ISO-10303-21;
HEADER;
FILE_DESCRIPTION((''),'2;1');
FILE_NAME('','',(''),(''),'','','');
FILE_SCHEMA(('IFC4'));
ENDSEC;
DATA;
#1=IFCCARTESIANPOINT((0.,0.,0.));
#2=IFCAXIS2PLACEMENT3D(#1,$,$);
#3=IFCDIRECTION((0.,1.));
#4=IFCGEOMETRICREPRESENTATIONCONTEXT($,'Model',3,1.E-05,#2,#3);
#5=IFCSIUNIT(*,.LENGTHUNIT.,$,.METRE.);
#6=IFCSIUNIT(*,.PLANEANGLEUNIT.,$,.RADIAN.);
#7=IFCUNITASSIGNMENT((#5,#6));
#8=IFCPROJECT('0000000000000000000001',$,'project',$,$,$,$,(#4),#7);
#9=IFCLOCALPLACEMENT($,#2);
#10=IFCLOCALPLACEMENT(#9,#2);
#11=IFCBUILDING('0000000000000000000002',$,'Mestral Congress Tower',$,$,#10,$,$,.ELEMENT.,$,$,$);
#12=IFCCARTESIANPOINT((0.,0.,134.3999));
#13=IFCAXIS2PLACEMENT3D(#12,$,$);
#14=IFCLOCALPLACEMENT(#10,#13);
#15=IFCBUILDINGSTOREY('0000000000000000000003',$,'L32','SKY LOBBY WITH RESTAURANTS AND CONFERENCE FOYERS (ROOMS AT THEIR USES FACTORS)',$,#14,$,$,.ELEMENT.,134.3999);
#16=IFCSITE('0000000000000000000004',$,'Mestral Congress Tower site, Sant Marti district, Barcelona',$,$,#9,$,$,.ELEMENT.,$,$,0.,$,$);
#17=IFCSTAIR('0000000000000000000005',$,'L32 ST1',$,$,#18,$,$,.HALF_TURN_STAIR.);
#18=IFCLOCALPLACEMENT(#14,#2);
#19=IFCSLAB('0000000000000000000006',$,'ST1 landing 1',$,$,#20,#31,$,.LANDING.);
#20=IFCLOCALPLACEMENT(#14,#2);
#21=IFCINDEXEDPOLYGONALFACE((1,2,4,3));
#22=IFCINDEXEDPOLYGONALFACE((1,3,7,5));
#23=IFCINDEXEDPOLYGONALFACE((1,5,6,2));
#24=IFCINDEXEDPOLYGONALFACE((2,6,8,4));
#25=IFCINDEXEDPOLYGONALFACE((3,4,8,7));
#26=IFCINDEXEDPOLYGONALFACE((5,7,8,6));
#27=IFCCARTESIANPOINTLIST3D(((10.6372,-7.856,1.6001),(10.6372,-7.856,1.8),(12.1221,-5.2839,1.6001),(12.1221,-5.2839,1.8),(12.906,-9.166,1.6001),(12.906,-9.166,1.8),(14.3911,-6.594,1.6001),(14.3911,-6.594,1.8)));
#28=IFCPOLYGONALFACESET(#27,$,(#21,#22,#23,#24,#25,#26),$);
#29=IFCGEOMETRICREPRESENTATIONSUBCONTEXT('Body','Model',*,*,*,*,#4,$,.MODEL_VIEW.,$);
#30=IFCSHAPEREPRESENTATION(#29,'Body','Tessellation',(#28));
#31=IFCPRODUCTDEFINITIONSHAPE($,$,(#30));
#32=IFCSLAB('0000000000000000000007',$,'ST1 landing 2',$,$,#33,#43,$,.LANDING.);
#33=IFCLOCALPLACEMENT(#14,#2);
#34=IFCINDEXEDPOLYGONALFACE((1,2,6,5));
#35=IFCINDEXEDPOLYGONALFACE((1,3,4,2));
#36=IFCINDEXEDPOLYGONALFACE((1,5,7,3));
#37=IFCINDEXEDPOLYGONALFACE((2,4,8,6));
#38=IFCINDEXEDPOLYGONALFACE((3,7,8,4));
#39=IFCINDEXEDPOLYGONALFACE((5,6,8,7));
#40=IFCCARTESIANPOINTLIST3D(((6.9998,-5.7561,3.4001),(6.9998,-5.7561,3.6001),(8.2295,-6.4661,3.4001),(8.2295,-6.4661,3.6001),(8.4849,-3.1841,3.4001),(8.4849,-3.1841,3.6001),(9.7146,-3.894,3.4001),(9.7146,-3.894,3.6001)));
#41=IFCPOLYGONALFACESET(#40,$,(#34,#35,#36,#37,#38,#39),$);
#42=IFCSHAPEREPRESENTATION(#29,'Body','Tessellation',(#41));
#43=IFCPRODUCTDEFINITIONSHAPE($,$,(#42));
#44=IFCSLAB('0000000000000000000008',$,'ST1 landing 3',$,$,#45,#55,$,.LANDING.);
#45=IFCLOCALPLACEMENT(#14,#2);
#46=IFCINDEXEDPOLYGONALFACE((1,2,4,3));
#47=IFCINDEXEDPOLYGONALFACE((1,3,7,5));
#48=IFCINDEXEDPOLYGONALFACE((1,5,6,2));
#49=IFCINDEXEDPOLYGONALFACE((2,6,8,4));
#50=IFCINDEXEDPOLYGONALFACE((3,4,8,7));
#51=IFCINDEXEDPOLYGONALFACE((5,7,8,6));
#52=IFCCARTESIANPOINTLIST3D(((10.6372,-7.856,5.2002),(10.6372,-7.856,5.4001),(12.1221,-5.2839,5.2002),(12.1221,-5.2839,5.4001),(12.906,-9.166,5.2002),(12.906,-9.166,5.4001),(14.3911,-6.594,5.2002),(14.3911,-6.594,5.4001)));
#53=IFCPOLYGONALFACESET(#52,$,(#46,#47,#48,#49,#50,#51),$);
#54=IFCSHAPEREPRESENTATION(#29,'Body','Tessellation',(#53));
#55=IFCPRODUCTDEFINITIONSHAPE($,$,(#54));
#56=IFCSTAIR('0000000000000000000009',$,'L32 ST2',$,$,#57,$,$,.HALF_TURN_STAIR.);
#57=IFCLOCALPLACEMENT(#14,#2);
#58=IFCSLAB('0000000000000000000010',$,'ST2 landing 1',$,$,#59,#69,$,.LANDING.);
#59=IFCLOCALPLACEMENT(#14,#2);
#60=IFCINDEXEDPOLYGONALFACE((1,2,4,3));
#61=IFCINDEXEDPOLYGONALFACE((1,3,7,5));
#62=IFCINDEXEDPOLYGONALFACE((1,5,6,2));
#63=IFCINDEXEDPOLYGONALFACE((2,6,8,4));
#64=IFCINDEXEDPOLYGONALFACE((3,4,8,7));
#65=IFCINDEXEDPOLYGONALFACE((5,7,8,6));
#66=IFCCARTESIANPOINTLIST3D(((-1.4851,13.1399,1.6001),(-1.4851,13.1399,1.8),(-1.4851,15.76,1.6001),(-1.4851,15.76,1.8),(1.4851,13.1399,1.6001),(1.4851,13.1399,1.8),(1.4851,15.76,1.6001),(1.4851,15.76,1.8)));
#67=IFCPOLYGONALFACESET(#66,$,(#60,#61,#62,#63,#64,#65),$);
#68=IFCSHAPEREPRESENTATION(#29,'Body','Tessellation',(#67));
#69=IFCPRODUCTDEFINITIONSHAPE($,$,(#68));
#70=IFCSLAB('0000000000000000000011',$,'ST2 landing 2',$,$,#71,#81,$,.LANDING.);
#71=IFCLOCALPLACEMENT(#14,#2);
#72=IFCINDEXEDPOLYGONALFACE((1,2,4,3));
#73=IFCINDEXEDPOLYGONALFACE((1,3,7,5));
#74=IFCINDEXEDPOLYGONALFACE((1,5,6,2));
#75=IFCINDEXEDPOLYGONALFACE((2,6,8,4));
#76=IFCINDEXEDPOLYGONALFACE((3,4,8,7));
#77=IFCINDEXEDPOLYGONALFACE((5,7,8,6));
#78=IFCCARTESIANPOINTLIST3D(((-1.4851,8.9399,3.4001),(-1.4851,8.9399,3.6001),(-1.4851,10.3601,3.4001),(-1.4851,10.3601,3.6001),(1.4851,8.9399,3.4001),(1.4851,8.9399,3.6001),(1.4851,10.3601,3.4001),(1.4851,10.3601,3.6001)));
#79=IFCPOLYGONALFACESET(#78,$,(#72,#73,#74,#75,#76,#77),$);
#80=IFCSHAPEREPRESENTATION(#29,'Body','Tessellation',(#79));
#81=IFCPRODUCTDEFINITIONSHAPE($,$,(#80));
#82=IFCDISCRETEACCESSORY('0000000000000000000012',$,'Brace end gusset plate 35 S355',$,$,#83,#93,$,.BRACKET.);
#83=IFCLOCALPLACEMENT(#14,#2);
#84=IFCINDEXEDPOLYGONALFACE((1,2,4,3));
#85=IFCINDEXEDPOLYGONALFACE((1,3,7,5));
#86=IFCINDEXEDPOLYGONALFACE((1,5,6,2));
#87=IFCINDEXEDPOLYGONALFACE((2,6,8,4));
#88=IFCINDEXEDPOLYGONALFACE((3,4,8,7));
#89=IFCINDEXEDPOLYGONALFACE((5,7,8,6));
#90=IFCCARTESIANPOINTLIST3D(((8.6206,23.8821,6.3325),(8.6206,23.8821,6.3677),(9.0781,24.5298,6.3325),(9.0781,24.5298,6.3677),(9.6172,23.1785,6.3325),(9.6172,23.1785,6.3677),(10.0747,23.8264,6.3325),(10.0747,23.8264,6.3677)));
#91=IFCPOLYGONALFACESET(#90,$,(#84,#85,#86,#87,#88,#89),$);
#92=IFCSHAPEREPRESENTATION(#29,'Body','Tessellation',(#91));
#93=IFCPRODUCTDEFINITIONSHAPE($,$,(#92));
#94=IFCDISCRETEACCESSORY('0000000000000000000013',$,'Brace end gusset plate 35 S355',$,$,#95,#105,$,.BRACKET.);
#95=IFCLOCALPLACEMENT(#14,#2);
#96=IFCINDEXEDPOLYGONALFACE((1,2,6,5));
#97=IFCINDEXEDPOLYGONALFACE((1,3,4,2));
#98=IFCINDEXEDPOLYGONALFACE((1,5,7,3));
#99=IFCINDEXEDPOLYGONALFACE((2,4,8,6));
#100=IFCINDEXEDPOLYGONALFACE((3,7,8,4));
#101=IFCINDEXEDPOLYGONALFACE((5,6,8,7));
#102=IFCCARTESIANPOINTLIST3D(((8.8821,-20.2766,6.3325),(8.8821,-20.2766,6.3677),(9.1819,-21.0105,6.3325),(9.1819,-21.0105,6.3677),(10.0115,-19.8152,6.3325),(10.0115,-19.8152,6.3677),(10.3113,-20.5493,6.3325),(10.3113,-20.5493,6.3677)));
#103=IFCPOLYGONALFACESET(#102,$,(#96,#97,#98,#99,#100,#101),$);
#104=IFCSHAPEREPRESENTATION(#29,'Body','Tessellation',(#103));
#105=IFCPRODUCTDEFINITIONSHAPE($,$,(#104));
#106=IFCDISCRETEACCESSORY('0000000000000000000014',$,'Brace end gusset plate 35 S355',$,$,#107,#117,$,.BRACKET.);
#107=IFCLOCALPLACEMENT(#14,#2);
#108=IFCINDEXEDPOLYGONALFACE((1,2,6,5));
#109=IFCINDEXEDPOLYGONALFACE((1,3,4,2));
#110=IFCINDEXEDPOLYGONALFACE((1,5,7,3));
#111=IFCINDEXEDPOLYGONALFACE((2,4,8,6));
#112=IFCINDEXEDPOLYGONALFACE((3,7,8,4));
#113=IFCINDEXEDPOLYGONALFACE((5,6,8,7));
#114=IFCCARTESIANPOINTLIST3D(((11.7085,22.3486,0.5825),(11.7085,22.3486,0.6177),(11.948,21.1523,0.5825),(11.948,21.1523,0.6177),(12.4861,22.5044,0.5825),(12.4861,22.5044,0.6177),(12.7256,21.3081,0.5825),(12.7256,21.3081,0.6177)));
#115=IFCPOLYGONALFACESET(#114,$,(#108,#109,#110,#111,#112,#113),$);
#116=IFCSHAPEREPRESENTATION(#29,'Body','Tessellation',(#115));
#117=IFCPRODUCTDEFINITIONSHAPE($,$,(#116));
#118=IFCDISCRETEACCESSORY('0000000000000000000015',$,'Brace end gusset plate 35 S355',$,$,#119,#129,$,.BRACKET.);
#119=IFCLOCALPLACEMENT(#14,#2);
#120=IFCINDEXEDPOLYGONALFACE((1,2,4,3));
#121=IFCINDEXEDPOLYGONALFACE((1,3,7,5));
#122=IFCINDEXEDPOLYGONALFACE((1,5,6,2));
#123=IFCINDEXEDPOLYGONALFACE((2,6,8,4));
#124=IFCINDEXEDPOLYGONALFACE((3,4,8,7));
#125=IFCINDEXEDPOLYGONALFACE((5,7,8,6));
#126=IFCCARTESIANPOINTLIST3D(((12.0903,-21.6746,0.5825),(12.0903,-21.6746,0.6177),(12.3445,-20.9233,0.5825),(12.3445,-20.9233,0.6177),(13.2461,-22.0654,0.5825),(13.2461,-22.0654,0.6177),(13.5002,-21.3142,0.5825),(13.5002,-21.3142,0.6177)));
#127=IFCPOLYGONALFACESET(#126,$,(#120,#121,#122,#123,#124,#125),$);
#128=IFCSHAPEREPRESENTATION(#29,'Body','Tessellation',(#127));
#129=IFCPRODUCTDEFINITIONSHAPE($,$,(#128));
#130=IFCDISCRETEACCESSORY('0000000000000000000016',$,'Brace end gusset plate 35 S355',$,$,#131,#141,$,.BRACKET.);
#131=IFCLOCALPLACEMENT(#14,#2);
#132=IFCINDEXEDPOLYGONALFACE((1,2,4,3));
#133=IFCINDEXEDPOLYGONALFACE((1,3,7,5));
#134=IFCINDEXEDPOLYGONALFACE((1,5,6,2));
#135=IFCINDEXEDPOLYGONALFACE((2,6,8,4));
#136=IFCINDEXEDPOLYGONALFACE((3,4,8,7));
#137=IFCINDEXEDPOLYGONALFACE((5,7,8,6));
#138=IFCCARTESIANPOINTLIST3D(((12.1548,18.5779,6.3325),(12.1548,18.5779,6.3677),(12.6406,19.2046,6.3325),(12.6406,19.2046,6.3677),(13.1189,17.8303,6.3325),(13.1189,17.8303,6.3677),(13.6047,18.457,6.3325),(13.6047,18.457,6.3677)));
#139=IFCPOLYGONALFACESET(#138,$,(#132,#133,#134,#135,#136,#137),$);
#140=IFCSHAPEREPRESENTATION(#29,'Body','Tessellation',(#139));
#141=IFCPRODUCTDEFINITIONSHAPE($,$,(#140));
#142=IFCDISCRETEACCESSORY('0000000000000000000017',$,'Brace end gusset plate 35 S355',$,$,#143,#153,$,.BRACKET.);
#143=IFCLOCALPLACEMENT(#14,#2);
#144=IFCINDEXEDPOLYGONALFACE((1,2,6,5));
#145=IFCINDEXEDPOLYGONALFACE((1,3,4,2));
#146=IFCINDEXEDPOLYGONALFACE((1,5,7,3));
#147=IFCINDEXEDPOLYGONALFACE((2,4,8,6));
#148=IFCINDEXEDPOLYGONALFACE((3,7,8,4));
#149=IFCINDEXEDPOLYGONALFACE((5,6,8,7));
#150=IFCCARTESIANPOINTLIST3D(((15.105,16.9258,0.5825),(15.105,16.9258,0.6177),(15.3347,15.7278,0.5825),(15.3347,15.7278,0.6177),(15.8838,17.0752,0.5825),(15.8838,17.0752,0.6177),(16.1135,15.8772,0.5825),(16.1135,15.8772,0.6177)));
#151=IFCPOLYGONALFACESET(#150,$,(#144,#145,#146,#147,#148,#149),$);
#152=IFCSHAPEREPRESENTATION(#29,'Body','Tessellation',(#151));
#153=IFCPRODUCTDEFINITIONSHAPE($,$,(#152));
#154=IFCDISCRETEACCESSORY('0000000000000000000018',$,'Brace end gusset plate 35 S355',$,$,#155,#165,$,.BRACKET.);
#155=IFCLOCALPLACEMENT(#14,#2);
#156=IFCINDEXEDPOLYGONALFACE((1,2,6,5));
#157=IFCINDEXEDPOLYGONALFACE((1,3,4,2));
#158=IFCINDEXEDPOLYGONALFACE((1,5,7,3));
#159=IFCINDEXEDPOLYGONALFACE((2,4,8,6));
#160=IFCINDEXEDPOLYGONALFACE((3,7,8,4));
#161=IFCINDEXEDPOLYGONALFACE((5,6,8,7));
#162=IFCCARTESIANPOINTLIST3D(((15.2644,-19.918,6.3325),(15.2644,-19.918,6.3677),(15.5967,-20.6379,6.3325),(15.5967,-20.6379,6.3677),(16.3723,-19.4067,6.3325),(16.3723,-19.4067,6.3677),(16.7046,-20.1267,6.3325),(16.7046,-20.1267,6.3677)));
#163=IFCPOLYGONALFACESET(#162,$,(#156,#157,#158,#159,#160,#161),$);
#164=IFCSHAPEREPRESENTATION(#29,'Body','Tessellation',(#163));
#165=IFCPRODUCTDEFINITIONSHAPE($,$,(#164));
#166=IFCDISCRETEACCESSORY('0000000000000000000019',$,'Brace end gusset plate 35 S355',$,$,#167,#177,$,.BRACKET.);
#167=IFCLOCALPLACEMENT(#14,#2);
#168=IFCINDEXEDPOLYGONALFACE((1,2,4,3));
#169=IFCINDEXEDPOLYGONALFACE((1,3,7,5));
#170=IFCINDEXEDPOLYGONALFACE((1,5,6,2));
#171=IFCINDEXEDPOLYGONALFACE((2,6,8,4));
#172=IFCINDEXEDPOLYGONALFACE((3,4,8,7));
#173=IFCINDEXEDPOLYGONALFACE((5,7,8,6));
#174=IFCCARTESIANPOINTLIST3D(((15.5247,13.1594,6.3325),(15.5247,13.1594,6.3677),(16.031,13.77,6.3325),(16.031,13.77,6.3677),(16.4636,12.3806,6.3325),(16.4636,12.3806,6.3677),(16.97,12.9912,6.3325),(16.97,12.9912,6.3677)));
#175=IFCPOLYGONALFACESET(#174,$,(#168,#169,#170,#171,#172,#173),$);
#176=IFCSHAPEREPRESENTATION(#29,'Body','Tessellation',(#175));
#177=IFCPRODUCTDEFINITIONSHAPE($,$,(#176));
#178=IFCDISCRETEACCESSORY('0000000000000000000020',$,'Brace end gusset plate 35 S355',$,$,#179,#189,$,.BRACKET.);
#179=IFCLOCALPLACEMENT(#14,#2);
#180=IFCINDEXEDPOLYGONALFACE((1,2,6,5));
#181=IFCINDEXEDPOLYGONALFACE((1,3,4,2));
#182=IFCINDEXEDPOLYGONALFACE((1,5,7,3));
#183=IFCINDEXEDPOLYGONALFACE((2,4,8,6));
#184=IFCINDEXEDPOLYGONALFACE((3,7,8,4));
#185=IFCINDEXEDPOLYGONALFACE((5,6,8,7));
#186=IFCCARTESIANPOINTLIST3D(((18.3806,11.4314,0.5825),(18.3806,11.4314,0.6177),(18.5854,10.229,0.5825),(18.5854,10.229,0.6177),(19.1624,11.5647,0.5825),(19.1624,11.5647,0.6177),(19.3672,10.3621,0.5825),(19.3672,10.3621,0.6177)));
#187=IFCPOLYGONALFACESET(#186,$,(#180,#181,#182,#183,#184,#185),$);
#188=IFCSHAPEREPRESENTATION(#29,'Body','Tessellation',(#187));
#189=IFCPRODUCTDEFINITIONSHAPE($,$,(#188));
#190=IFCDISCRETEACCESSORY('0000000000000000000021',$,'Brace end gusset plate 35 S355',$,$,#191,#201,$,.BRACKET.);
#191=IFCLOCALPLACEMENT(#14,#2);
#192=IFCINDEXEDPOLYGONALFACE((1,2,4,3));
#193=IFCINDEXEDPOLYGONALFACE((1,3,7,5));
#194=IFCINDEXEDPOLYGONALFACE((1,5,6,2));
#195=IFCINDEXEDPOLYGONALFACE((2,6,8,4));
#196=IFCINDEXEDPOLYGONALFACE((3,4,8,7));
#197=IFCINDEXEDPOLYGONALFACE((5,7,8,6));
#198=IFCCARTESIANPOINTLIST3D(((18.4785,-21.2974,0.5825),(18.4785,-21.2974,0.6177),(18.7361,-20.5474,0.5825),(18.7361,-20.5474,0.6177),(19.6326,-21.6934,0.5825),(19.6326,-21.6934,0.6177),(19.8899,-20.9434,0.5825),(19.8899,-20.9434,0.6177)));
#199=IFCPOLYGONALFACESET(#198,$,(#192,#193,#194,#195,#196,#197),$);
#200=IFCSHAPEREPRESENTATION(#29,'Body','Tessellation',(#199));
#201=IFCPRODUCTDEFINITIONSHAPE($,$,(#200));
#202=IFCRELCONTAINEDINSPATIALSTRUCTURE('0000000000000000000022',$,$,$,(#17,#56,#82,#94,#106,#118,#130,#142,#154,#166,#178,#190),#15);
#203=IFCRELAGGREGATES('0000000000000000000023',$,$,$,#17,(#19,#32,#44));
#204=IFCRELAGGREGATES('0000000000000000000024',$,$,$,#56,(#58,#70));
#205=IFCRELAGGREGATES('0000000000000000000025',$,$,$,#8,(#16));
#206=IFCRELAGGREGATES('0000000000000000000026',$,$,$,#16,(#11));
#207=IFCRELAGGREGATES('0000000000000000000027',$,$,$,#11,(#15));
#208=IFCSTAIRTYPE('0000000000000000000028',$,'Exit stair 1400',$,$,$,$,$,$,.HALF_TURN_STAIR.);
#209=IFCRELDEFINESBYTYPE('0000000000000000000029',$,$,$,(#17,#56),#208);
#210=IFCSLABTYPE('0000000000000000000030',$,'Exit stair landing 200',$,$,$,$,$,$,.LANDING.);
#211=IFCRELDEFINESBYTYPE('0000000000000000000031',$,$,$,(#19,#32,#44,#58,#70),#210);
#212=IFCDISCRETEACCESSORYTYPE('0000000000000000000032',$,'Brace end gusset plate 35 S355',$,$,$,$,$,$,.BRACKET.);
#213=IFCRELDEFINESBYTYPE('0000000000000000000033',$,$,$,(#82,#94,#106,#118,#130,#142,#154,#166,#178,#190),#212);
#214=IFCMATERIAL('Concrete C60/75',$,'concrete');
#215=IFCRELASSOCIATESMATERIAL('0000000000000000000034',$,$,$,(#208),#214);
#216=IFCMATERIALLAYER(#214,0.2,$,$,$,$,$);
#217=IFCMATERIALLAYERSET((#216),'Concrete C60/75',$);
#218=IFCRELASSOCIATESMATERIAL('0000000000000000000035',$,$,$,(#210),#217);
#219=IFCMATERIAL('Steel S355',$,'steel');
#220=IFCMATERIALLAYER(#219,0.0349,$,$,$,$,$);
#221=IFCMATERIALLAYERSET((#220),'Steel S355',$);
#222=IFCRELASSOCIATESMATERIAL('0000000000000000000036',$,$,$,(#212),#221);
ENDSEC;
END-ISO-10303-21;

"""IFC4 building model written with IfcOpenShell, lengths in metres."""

from ifc_helpers import new_model, si_unit, direction, frame, origin, place, context, subcontext, project, spatial, polyline, outline, extrude, material, layer, layer_set, type_object, element, aggregate, save


model = new_model("IFC4")

# Units and contexts
model_context = context("Model", 3, precision=1e-05, world=origin(), true_north=direction((0.0, 1.0)))
body_context = subcontext(model_context, "Body", "Model", "MODEL_VIEW")
ifc_project = project(units=[si_unit("LENGTHUNIT", "METRE"), si_unit("PLANEANGLEUNIT", "RADIAN")], contexts=[model_context])

# Site, building, storey
site_placement = place(None, origin())
site = spatial("IfcSite", under=ifc_project, at=site_placement, Name="Mestral Congress Tower site, Sant Marti district, Barcelona", CompositionType="ELEMENT", RefElevation=0.0)
building_placement = place(site_placement, origin())
building = spatial("IfcBuilding", under=site, at=building_placement, Name="Mestral Congress Tower", CompositionType="ELEMENT")
storey_placement = place(building_placement, frame((0.0, 0.0, 134.3999)))
storey = spatial("IfcBuildingStorey", under=building, at=storey_placement, Name="L32", Description="SKY LOBBY WITH RESTAURANTS AND CONFERENCE FOYERS (ROOMS AT THEIR USES FACTORS)", CompositionType="ELEMENT", Elevation=134.3999)

# Stairs, slabs
ifc_material_1 = material(Name="Concrete C60/75", Category="concrete")
stair_type = type_object("IfcStairType", Name="Exit stair 1400", PredefinedType="HALF_TURN_STAIR", material=ifc_material_1)
placement_1 = place(storey_placement, origin())
stair_1 = element("IfcStair", 1, at=placement_1, inside=storey, type_object=stair_type, Name="L32 ST1", PredefinedType="HALF_TURN_STAIR")
ifc_layer_1 = layer(ifc_material_1, 0.2)
ifc_layer_set_1 = layer_set([ifc_layer_1], Name="Concrete C60/75")
slab_type = type_object("IfcSlabType", Name="Exit stair landing 200", PredefinedType="LANDING", material=ifc_layer_set_1)
placement_2 = place(storey_placement, frame((0.0, 0.0, 1.6001)))
slab_1 = element("IfcSlab", 2, at=placement_2, type_object=slab_type, Name="ST1 landing 1", PredefinedType="LANDING", context=body_context, shape_type="SweptSolid", body=[
    extrude(outline(polyline([(10.6372, -7.856), (12.1221, -5.2839), (14.3911, -6.594), (12.906, -9.166), (10.6372, -7.856)])), origin(), (0.0, 0.0, 1.0), 0.2),
])
placement_3 = place(storey_placement, frame((0.0, 0.0, 3.4001)))
slab_2 = element("IfcSlab", 3, at=placement_3, type_object=slab_type, Name="ST1 landing 2", PredefinedType="LANDING", context=body_context, shape_type="SweptSolid", body=[
    extrude(outline(polyline([(6.9998, -5.7561), (8.4849, -3.1841), (9.7146, -3.894), (8.2295, -6.4661), (6.9998, -5.7561)])), origin(), (0.0, 0.0, 1.0), 0.2),
])
slab_3_placement = place(storey_placement, frame((0.0, 0.0, 5.2002)))
slab_3 = element("IfcSlab", 4, at=slab_3_placement, type_object=slab_type, Name="ST1 landing 3", PredefinedType="LANDING", context=body_context, shape_type="SweptSolid", body=[
    extrude(outline(polyline([(10.6372, -7.856), (12.1221, -5.2839), (14.3911, -6.594), (12.906, -9.166), (10.6372, -7.856)])), origin(), (0.0, 0.0, 1.0), 0.2),
])
aggregate(stair_1, [slab_1, slab_2, slab_3])
stair_2 = element("IfcStair", 5, at=placement_1, inside=storey, type_object=stair_type, Name="L32 ST2", PredefinedType="HALF_TURN_STAIR")
slab_4 = element("IfcSlab", 6, at=placement_2, type_object=slab_type, Name="ST2 landing 1", PredefinedType="LANDING", context=body_context, shape_type="SweptSolid", body=[
    extrude(outline(polyline([(1.4851, 13.1399), (-1.4851, 13.1399), (-1.4851, 15.76), (1.4851, 15.76), (1.4851, 13.1399)])), origin(), (0.0, 0.0, 1.0), 0.2),
])
slab_5 = element("IfcSlab", 7, at=placement_3, type_object=slab_type, Name="ST2 landing 2", PredefinedType="LANDING", context=body_context, shape_type="SweptSolid", body=[
    extrude(outline(polyline([(1.4851, 8.9399), (-1.4851, 8.9399), (-1.4851, 10.3601), (1.4851, 10.3601), (1.4851, 8.9399)])), origin(), (0.0, 0.0, 1.0), 0.2),
])
aggregate(stair_2, [slab_4, slab_5])

# Discrete accessories
ifc_material_2 = material(Name="Steel S355", Category="steel")
ifc_layer_2 = layer(ifc_material_2, 0.0349)
ifc_layer_set_2 = layer_set([ifc_layer_2], Name="Steel S355")
discrete_accessory_type = type_object("IfcDiscreteAccessoryType", Name="Brace end gusset plate 35 S355", PredefinedType="BRACKET", material=ifc_layer_set_2)
placement_4 = place(storey_placement, frame((0.0, 0.0, 6.3325)))
element("IfcDiscreteAccessory", 8, at=placement_4, inside=storey, type_object=discrete_accessory_type, Name="Brace end gusset plate 35 S355", PredefinedType="BRACKET", context=body_context, shape_type="SweptSolid", body=[
    extrude(outline(polyline([(8.6206, 23.8821), (9.6172, 23.1785), (10.0747, 23.8264), (9.0781, 24.5298), (8.6206, 23.8821)])), origin(), (0.0, 0.0, 1.0), 0.0352),
])
element("IfcDiscreteAccessory", 9, at=placement_4, inside=storey, type_object=discrete_accessory_type, Name="Brace end gusset plate 35 S355", PredefinedType="BRACKET", context=body_context, shape_type="SweptSolid", body=[
    extrude(outline(polyline([(10.0115, -19.8152), (8.8821, -20.2766), (9.1819, -21.0105), (10.3113, -20.5493), (10.0115, -19.8152)])), origin(), (0.0, 0.0, 1.0), 0.0352),
])
placement_5 = place(storey_placement, frame((0.0, 0.0, 0.5825)))
element("IfcDiscreteAccessory", 10, at=placement_5, inside=storey, type_object=discrete_accessory_type, Name="Brace end gusset plate 35 S355", PredefinedType="BRACKET", context=body_context, shape_type="SweptSolid", body=[
    extrude(outline(polyline([(11.7085, 22.3486), (11.948, 21.1523), (12.7256, 21.3081), (12.4861, 22.5044), (11.7085, 22.3486)])), origin(), (0.0, 0.0, 1.0), 0.0352),
])
element("IfcDiscreteAccessory", 11, at=placement_5, inside=storey, type_object=discrete_accessory_type, Name="Brace end gusset plate 35 S355", PredefinedType="BRACKET", context=body_context, shape_type="SweptSolid", body=[
    extrude(outline(polyline([(13.5002, -21.3142), (12.3445, -20.9233), (12.0903, -21.6746), (13.2461, -22.0654), (13.5002, -21.3142)])), origin(), (0.0, 0.0, 1.0), 0.0352),
])
element("IfcDiscreteAccessory", 12, at=placement_4, inside=storey, type_object=discrete_accessory_type, Name="Brace end gusset plate 35 S355", PredefinedType="BRACKET", context=body_context, shape_type="SweptSolid", body=[
    extrude(outline(polyline([(12.1548, 18.5779), (13.1189, 17.8303), (13.6047, 18.457), (12.6406, 19.2046), (12.1548, 18.5779)])), origin(), (0.0, 0.0, 1.0), 0.0352),
])
element("IfcDiscreteAccessory", 13, at=placement_5, inside=storey, type_object=discrete_accessory_type, Name="Brace end gusset plate 35 S355", PredefinedType="BRACKET", context=body_context, shape_type="SweptSolid", body=[
    extrude(outline(polyline([(15.105, 16.9258), (15.3347, 15.7278), (16.1135, 15.8772), (15.8838, 17.0752), (15.105, 16.9258)])), origin(), (0.0, 0.0, 1.0), 0.0352),
])
element("IfcDiscreteAccessory", 14, at=placement_4, inside=storey, type_object=discrete_accessory_type, Name="Brace end gusset plate 35 S355", PredefinedType="BRACKET", context=body_context, shape_type="SweptSolid", body=[
    extrude(outline(polyline([(16.3723, -19.4067), (15.2644, -19.918), (15.5967, -20.6379), (16.7046, -20.1267), (16.3723, -19.4067)])), origin(), (0.0, 0.0, 1.0), 0.0352),
])
element("IfcDiscreteAccessory", 15, at=placement_4, inside=storey, type_object=discrete_accessory_type, Name="Brace end gusset plate 35 S355", PredefinedType="BRACKET", context=body_context, shape_type="SweptSolid", body=[
    extrude(outline(polyline([(15.5247, 13.1594), (16.4636, 12.3806), (16.97, 12.9912), (16.031, 13.77), (15.5247, 13.1594)])), origin(), (0.0, 0.0, 1.0), 0.0352),
])
element("IfcDiscreteAccessory", 16, at=placement_5, inside=storey, type_object=discrete_accessory_type, Name="Brace end gusset plate 35 S355", PredefinedType="BRACKET", context=body_context, shape_type="SweptSolid", body=[
    extrude(outline(polyline([(18.3806, 11.4314), (18.5854, 10.229), (19.3672, 10.3621), (19.1624, 11.5647), (18.3806, 11.4314)])), origin(), (0.0, 0.0, 1.0), 0.0352),
])
element("IfcDiscreteAccessory", 17, at=placement_5, inside=storey, type_object=discrete_accessory_type, Name="Brace end gusset plate 35 S355", PredefinedType="BRACKET", context=body_context, shape_type="SweptSolid", body=[
    extrude(outline(polyline([(19.8899, -20.9434), (18.7361, -20.5474), (18.4785, -21.2974), (19.6326, -21.6934), (19.8899, -20.9434)])), origin(), (0.0, 0.0, 1.0), 0.0352),
])

save(model, "model.ifc")
